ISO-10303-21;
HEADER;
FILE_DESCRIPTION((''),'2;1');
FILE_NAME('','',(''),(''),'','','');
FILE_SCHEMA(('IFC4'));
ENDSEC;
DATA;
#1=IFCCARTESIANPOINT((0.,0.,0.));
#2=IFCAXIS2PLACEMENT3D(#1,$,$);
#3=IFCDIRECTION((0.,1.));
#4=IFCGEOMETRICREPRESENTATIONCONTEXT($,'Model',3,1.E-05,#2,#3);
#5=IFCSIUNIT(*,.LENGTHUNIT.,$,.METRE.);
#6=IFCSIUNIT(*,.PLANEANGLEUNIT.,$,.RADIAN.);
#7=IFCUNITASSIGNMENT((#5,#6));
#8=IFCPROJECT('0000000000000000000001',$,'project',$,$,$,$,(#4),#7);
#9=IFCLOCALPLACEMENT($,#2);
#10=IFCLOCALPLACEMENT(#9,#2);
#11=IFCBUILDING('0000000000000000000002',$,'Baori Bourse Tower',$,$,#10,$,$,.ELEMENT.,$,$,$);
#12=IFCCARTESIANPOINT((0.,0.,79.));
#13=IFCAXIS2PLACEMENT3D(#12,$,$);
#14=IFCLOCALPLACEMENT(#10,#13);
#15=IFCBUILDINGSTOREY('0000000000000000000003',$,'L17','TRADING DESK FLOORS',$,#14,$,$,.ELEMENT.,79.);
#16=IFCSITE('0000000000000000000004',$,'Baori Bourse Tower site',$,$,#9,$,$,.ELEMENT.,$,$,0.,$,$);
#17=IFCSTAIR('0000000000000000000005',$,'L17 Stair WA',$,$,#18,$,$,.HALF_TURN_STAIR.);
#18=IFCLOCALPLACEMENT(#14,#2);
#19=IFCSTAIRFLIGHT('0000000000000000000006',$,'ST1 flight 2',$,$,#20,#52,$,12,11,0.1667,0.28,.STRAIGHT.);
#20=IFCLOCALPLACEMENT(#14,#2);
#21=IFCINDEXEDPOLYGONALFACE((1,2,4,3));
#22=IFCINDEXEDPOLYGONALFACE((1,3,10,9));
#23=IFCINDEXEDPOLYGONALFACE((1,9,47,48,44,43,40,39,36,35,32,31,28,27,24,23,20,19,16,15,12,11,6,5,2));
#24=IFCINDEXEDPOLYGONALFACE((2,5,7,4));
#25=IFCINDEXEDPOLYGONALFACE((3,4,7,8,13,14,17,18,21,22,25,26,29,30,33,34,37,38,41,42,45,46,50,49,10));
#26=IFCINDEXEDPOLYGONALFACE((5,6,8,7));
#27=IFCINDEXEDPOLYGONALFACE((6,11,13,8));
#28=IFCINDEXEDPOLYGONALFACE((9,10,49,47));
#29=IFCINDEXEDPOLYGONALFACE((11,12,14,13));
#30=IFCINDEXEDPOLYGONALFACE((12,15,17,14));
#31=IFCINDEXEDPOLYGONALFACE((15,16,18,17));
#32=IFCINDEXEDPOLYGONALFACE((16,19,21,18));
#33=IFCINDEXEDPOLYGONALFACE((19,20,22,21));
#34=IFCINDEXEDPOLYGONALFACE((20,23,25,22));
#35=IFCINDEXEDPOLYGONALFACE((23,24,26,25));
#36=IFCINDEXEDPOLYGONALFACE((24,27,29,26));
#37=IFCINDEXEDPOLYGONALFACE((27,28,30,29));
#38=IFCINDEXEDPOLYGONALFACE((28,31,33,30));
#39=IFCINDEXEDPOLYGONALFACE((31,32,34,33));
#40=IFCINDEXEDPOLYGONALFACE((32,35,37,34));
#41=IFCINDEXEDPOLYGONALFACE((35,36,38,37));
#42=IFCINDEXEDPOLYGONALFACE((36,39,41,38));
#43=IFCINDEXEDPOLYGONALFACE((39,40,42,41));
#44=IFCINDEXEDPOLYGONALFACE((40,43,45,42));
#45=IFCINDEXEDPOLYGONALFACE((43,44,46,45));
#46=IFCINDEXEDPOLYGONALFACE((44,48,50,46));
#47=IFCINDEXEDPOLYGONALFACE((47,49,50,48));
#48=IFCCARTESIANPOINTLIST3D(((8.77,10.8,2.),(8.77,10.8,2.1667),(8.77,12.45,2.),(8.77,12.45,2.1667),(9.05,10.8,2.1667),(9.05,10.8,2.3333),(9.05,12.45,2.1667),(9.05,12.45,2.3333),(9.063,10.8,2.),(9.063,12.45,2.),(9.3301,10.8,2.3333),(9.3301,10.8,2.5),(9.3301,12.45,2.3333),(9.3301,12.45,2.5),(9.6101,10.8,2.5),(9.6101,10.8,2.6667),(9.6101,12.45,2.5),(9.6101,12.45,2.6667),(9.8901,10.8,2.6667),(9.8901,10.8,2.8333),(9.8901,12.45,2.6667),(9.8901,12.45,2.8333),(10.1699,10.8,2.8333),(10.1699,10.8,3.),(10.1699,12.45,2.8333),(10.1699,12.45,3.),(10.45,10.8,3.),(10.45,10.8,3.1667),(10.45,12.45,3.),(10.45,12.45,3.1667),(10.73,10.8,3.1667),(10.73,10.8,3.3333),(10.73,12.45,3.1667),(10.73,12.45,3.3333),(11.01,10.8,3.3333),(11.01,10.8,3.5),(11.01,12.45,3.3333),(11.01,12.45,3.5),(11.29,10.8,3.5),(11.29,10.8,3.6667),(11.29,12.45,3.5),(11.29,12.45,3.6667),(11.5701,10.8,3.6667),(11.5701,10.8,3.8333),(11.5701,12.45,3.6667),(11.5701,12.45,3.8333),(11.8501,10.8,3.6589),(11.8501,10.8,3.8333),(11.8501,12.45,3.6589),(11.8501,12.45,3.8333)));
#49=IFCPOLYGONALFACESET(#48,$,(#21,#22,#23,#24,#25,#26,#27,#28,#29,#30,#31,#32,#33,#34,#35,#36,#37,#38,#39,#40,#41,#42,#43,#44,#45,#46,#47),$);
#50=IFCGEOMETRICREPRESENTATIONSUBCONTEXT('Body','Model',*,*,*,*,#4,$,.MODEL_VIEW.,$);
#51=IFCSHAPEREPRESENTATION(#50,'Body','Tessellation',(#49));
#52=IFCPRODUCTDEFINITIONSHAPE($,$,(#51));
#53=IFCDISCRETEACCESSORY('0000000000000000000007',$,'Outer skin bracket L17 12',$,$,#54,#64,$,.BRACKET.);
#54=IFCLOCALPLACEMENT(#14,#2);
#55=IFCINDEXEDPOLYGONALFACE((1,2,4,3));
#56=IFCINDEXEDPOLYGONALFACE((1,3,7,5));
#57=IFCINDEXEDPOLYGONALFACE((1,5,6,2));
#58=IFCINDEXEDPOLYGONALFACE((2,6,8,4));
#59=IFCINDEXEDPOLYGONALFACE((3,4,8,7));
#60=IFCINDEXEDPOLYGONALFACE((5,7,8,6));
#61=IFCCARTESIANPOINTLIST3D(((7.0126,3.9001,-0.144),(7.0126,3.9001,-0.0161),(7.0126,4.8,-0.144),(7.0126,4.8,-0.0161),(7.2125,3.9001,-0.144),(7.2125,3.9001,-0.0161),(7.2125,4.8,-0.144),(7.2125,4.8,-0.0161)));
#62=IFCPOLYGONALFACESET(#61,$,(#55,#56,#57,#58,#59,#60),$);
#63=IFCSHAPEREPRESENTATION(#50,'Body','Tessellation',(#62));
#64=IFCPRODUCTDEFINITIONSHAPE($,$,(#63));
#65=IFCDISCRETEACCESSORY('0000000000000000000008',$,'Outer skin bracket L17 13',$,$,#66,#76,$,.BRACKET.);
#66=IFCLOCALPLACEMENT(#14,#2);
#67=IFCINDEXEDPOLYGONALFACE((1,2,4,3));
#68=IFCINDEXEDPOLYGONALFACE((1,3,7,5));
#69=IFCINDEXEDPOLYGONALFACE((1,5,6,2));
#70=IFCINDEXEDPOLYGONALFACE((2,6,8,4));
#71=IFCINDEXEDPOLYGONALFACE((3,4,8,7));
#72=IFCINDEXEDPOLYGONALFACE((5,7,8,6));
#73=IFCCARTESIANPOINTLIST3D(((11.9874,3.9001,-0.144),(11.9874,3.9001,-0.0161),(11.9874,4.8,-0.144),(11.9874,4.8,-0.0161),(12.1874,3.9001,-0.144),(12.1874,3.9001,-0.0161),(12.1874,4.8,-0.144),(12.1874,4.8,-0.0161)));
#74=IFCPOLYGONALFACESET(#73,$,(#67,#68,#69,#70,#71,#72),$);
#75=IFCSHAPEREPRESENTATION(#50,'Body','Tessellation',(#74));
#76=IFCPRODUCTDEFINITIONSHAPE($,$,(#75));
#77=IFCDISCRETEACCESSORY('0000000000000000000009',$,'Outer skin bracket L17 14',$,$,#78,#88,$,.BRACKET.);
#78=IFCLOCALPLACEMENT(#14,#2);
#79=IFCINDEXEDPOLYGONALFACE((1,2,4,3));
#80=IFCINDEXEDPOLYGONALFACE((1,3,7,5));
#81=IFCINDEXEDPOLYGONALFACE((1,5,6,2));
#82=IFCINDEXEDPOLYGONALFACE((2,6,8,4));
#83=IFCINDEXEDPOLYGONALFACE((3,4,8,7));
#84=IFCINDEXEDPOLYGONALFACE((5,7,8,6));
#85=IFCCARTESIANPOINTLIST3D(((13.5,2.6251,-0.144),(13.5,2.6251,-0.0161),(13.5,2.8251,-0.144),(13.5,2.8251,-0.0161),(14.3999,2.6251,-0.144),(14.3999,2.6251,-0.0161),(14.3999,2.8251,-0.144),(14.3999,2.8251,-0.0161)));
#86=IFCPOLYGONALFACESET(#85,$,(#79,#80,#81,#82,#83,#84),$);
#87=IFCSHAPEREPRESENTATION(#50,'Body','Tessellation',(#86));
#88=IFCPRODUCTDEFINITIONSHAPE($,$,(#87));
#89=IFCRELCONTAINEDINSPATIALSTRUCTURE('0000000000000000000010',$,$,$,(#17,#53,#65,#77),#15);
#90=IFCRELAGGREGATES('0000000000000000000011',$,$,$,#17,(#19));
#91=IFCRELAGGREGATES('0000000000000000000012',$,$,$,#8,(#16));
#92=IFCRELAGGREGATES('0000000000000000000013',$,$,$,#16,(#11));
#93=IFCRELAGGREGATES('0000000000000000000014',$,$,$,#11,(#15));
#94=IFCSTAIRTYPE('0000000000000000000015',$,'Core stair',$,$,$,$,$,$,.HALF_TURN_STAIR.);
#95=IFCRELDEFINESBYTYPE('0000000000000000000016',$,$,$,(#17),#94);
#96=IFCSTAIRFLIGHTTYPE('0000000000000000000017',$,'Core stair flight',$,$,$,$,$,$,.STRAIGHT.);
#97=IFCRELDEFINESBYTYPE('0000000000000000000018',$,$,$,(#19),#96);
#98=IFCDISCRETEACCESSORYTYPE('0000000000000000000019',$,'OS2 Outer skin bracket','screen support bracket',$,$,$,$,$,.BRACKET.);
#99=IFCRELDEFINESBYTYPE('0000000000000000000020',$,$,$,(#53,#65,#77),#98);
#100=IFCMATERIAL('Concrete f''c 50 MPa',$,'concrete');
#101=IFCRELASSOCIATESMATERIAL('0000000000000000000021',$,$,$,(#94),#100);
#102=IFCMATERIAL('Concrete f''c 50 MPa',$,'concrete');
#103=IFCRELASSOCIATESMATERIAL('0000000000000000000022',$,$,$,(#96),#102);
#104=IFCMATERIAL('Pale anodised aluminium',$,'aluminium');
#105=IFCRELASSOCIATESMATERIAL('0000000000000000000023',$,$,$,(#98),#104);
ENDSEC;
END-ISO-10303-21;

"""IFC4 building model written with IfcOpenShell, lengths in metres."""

from ifc_helpers import new_model, si_unit, direction, frame, origin, origin_2d, place, context, subcontext, project, spatial, polyline, rectangle, outline, extrude, material, type_object, element, aggregate, save


model = new_model("IFC4")

# Units and contexts
model_context = context("Model", 3, precision=1e-05, world=origin(), true_north=direction((0.0, 1.0)))
body_context = subcontext(model_context, "Body", "Model", "MODEL_VIEW")
ifc_project = project(units=[si_unit("LENGTHUNIT", "METRE"), si_unit("PLANEANGLEUNIT", "RADIAN")], contexts=[model_context])

# Site, building, storey
site_placement = place(None, origin())
site = spatial("IfcSite", under=ifc_project, at=site_placement, Name="Baori Bourse Tower site", CompositionType="ELEMENT", RefElevation=0.0)
building_placement = place(site_placement, origin())
building = spatial("IfcBuilding", under=site, at=building_placement, Name="Baori Bourse Tower", CompositionType="ELEMENT")
storey_placement = place(building_placement, frame((0.0, 0.0, 79.0)))
storey = spatial("IfcBuildingStorey", under=building, at=storey_placement, Name="L17", Description="TRADING DESK FLOORS", CompositionType="ELEMENT", Elevation=79.0)

# Stair, stair flight
ifc_material_1 = material(Name="Concrete f'c 50 MPa", Category="concrete")
stair_type = type_object("IfcStairType", Name="Core stair", PredefinedType="HALF_TURN_STAIR", material=ifc_material_1)
stair_placement = place(storey_placement, origin())
stair = element("IfcStair", 1, at=stair_placement, inside=storey, type_object=stair_type, Name="L17 Stair WA", PredefinedType="HALF_TURN_STAIR")
ifc_material_2 = material(Name="Concrete f'c 50 MPa", Category="concrete")
stair_flight_type = type_object("IfcStairFlightType", Name="Core stair flight", PredefinedType="STRAIGHT", material=ifc_material_2)
stair_flight_1_placement = place(storey_placement, frame((8.77, 11.625, 2.0), z_axis=(0.0, 0.0, 1.0), x_axis=(1.0, 0.0, 0.0)))
stair_flight_1 = element("IfcStairFlight", 2, at=stair_flight_1_placement, type_object=stair_flight_type, Name="ST1 flight 2", NumberOfRisers=12, NumberOfTreads=11, PredefinedType="STRAIGHT", RiserHeight=0.1667, TreadLength=0.28, context=body_context, shape_type="SweptSolid", body=[
    extrude(outline(polyline([(0.0, 0.0), (0.0, 0.1667), (0.28, 0.1667), (0.28, 0.3333), (0.5601, 0.3333), (0.5601, 0.5), (0.8401, 0.5), (0.8401, 0.6667), (1.1201, 0.6667), (1.1201, 0.8333), (1.3999, 0.8333), (1.3999, 1.0), (1.6799, 1.0), (1.6799, 1.1667), (1.96, 1.1667), (1.96, 1.3333), (2.24, 1.3333), (2.24, 1.5), (2.52, 1.5), (2.52, 1.6667), (2.8, 1.6667), (2.8, 1.8333), (3.0801, 1.8333), (3.0801, 2.0), (3.0801, 1.6589), (0.293, 0.0), (0.0, 0.0)])), frame((0.0, 0.825, 0.0), z_axis=(0.0, -1.0, 0.0), x_axis=(1.0, 0.0, 0.0)), (0.0, 0.0, 1.0), 1.6499),
])
aggregate(stair, [stair_flight_1])

# Discrete accessories
ifc_material_3 = material(Name="Pale anodised aluminium", Category="aluminium")
discrete_accessory_type = type_object("IfcDiscreteAccessoryType", Name="OS2 Outer skin bracket", Description="screen support bracket", PredefinedType="BRACKET", material=ifc_material_3)
for number, where, z_axis, x_axis, name in (
    (3, (7.1125, 4.3501, -0.144), (0.0, 0.0, 1.0), (1.0, 0.0, 0.0), "Outer skin bracket L17 12"),
    (4, (12.0874, 4.3501, -0.144), (0.0, 0.0, 1.0), (1.0, 0.0, 0.0), "Outer skin bracket L17 13"),
    (5, (13.95, 2.7251, -0.144), (0.0, 0.0, 1.0), (0.0, -1.0, 0.0), "Outer skin bracket L17 14"),
):
    element("IfcDiscreteAccessory", number, at=place(storey_placement, frame(where, z_axis=z_axis, x_axis=x_axis)), inside=storey, type_object=discrete_accessory_type, Name=name, PredefinedType="BRACKET", context=body_context, shape_type="SweptSolid", body=[
        extrude(rectangle(XDim=0.2, YDim=0.8999, at=origin_2d()), origin(), (0.0, 0.0, 1.0), 0.1279),
    ])

save(model, "model.ifc")
